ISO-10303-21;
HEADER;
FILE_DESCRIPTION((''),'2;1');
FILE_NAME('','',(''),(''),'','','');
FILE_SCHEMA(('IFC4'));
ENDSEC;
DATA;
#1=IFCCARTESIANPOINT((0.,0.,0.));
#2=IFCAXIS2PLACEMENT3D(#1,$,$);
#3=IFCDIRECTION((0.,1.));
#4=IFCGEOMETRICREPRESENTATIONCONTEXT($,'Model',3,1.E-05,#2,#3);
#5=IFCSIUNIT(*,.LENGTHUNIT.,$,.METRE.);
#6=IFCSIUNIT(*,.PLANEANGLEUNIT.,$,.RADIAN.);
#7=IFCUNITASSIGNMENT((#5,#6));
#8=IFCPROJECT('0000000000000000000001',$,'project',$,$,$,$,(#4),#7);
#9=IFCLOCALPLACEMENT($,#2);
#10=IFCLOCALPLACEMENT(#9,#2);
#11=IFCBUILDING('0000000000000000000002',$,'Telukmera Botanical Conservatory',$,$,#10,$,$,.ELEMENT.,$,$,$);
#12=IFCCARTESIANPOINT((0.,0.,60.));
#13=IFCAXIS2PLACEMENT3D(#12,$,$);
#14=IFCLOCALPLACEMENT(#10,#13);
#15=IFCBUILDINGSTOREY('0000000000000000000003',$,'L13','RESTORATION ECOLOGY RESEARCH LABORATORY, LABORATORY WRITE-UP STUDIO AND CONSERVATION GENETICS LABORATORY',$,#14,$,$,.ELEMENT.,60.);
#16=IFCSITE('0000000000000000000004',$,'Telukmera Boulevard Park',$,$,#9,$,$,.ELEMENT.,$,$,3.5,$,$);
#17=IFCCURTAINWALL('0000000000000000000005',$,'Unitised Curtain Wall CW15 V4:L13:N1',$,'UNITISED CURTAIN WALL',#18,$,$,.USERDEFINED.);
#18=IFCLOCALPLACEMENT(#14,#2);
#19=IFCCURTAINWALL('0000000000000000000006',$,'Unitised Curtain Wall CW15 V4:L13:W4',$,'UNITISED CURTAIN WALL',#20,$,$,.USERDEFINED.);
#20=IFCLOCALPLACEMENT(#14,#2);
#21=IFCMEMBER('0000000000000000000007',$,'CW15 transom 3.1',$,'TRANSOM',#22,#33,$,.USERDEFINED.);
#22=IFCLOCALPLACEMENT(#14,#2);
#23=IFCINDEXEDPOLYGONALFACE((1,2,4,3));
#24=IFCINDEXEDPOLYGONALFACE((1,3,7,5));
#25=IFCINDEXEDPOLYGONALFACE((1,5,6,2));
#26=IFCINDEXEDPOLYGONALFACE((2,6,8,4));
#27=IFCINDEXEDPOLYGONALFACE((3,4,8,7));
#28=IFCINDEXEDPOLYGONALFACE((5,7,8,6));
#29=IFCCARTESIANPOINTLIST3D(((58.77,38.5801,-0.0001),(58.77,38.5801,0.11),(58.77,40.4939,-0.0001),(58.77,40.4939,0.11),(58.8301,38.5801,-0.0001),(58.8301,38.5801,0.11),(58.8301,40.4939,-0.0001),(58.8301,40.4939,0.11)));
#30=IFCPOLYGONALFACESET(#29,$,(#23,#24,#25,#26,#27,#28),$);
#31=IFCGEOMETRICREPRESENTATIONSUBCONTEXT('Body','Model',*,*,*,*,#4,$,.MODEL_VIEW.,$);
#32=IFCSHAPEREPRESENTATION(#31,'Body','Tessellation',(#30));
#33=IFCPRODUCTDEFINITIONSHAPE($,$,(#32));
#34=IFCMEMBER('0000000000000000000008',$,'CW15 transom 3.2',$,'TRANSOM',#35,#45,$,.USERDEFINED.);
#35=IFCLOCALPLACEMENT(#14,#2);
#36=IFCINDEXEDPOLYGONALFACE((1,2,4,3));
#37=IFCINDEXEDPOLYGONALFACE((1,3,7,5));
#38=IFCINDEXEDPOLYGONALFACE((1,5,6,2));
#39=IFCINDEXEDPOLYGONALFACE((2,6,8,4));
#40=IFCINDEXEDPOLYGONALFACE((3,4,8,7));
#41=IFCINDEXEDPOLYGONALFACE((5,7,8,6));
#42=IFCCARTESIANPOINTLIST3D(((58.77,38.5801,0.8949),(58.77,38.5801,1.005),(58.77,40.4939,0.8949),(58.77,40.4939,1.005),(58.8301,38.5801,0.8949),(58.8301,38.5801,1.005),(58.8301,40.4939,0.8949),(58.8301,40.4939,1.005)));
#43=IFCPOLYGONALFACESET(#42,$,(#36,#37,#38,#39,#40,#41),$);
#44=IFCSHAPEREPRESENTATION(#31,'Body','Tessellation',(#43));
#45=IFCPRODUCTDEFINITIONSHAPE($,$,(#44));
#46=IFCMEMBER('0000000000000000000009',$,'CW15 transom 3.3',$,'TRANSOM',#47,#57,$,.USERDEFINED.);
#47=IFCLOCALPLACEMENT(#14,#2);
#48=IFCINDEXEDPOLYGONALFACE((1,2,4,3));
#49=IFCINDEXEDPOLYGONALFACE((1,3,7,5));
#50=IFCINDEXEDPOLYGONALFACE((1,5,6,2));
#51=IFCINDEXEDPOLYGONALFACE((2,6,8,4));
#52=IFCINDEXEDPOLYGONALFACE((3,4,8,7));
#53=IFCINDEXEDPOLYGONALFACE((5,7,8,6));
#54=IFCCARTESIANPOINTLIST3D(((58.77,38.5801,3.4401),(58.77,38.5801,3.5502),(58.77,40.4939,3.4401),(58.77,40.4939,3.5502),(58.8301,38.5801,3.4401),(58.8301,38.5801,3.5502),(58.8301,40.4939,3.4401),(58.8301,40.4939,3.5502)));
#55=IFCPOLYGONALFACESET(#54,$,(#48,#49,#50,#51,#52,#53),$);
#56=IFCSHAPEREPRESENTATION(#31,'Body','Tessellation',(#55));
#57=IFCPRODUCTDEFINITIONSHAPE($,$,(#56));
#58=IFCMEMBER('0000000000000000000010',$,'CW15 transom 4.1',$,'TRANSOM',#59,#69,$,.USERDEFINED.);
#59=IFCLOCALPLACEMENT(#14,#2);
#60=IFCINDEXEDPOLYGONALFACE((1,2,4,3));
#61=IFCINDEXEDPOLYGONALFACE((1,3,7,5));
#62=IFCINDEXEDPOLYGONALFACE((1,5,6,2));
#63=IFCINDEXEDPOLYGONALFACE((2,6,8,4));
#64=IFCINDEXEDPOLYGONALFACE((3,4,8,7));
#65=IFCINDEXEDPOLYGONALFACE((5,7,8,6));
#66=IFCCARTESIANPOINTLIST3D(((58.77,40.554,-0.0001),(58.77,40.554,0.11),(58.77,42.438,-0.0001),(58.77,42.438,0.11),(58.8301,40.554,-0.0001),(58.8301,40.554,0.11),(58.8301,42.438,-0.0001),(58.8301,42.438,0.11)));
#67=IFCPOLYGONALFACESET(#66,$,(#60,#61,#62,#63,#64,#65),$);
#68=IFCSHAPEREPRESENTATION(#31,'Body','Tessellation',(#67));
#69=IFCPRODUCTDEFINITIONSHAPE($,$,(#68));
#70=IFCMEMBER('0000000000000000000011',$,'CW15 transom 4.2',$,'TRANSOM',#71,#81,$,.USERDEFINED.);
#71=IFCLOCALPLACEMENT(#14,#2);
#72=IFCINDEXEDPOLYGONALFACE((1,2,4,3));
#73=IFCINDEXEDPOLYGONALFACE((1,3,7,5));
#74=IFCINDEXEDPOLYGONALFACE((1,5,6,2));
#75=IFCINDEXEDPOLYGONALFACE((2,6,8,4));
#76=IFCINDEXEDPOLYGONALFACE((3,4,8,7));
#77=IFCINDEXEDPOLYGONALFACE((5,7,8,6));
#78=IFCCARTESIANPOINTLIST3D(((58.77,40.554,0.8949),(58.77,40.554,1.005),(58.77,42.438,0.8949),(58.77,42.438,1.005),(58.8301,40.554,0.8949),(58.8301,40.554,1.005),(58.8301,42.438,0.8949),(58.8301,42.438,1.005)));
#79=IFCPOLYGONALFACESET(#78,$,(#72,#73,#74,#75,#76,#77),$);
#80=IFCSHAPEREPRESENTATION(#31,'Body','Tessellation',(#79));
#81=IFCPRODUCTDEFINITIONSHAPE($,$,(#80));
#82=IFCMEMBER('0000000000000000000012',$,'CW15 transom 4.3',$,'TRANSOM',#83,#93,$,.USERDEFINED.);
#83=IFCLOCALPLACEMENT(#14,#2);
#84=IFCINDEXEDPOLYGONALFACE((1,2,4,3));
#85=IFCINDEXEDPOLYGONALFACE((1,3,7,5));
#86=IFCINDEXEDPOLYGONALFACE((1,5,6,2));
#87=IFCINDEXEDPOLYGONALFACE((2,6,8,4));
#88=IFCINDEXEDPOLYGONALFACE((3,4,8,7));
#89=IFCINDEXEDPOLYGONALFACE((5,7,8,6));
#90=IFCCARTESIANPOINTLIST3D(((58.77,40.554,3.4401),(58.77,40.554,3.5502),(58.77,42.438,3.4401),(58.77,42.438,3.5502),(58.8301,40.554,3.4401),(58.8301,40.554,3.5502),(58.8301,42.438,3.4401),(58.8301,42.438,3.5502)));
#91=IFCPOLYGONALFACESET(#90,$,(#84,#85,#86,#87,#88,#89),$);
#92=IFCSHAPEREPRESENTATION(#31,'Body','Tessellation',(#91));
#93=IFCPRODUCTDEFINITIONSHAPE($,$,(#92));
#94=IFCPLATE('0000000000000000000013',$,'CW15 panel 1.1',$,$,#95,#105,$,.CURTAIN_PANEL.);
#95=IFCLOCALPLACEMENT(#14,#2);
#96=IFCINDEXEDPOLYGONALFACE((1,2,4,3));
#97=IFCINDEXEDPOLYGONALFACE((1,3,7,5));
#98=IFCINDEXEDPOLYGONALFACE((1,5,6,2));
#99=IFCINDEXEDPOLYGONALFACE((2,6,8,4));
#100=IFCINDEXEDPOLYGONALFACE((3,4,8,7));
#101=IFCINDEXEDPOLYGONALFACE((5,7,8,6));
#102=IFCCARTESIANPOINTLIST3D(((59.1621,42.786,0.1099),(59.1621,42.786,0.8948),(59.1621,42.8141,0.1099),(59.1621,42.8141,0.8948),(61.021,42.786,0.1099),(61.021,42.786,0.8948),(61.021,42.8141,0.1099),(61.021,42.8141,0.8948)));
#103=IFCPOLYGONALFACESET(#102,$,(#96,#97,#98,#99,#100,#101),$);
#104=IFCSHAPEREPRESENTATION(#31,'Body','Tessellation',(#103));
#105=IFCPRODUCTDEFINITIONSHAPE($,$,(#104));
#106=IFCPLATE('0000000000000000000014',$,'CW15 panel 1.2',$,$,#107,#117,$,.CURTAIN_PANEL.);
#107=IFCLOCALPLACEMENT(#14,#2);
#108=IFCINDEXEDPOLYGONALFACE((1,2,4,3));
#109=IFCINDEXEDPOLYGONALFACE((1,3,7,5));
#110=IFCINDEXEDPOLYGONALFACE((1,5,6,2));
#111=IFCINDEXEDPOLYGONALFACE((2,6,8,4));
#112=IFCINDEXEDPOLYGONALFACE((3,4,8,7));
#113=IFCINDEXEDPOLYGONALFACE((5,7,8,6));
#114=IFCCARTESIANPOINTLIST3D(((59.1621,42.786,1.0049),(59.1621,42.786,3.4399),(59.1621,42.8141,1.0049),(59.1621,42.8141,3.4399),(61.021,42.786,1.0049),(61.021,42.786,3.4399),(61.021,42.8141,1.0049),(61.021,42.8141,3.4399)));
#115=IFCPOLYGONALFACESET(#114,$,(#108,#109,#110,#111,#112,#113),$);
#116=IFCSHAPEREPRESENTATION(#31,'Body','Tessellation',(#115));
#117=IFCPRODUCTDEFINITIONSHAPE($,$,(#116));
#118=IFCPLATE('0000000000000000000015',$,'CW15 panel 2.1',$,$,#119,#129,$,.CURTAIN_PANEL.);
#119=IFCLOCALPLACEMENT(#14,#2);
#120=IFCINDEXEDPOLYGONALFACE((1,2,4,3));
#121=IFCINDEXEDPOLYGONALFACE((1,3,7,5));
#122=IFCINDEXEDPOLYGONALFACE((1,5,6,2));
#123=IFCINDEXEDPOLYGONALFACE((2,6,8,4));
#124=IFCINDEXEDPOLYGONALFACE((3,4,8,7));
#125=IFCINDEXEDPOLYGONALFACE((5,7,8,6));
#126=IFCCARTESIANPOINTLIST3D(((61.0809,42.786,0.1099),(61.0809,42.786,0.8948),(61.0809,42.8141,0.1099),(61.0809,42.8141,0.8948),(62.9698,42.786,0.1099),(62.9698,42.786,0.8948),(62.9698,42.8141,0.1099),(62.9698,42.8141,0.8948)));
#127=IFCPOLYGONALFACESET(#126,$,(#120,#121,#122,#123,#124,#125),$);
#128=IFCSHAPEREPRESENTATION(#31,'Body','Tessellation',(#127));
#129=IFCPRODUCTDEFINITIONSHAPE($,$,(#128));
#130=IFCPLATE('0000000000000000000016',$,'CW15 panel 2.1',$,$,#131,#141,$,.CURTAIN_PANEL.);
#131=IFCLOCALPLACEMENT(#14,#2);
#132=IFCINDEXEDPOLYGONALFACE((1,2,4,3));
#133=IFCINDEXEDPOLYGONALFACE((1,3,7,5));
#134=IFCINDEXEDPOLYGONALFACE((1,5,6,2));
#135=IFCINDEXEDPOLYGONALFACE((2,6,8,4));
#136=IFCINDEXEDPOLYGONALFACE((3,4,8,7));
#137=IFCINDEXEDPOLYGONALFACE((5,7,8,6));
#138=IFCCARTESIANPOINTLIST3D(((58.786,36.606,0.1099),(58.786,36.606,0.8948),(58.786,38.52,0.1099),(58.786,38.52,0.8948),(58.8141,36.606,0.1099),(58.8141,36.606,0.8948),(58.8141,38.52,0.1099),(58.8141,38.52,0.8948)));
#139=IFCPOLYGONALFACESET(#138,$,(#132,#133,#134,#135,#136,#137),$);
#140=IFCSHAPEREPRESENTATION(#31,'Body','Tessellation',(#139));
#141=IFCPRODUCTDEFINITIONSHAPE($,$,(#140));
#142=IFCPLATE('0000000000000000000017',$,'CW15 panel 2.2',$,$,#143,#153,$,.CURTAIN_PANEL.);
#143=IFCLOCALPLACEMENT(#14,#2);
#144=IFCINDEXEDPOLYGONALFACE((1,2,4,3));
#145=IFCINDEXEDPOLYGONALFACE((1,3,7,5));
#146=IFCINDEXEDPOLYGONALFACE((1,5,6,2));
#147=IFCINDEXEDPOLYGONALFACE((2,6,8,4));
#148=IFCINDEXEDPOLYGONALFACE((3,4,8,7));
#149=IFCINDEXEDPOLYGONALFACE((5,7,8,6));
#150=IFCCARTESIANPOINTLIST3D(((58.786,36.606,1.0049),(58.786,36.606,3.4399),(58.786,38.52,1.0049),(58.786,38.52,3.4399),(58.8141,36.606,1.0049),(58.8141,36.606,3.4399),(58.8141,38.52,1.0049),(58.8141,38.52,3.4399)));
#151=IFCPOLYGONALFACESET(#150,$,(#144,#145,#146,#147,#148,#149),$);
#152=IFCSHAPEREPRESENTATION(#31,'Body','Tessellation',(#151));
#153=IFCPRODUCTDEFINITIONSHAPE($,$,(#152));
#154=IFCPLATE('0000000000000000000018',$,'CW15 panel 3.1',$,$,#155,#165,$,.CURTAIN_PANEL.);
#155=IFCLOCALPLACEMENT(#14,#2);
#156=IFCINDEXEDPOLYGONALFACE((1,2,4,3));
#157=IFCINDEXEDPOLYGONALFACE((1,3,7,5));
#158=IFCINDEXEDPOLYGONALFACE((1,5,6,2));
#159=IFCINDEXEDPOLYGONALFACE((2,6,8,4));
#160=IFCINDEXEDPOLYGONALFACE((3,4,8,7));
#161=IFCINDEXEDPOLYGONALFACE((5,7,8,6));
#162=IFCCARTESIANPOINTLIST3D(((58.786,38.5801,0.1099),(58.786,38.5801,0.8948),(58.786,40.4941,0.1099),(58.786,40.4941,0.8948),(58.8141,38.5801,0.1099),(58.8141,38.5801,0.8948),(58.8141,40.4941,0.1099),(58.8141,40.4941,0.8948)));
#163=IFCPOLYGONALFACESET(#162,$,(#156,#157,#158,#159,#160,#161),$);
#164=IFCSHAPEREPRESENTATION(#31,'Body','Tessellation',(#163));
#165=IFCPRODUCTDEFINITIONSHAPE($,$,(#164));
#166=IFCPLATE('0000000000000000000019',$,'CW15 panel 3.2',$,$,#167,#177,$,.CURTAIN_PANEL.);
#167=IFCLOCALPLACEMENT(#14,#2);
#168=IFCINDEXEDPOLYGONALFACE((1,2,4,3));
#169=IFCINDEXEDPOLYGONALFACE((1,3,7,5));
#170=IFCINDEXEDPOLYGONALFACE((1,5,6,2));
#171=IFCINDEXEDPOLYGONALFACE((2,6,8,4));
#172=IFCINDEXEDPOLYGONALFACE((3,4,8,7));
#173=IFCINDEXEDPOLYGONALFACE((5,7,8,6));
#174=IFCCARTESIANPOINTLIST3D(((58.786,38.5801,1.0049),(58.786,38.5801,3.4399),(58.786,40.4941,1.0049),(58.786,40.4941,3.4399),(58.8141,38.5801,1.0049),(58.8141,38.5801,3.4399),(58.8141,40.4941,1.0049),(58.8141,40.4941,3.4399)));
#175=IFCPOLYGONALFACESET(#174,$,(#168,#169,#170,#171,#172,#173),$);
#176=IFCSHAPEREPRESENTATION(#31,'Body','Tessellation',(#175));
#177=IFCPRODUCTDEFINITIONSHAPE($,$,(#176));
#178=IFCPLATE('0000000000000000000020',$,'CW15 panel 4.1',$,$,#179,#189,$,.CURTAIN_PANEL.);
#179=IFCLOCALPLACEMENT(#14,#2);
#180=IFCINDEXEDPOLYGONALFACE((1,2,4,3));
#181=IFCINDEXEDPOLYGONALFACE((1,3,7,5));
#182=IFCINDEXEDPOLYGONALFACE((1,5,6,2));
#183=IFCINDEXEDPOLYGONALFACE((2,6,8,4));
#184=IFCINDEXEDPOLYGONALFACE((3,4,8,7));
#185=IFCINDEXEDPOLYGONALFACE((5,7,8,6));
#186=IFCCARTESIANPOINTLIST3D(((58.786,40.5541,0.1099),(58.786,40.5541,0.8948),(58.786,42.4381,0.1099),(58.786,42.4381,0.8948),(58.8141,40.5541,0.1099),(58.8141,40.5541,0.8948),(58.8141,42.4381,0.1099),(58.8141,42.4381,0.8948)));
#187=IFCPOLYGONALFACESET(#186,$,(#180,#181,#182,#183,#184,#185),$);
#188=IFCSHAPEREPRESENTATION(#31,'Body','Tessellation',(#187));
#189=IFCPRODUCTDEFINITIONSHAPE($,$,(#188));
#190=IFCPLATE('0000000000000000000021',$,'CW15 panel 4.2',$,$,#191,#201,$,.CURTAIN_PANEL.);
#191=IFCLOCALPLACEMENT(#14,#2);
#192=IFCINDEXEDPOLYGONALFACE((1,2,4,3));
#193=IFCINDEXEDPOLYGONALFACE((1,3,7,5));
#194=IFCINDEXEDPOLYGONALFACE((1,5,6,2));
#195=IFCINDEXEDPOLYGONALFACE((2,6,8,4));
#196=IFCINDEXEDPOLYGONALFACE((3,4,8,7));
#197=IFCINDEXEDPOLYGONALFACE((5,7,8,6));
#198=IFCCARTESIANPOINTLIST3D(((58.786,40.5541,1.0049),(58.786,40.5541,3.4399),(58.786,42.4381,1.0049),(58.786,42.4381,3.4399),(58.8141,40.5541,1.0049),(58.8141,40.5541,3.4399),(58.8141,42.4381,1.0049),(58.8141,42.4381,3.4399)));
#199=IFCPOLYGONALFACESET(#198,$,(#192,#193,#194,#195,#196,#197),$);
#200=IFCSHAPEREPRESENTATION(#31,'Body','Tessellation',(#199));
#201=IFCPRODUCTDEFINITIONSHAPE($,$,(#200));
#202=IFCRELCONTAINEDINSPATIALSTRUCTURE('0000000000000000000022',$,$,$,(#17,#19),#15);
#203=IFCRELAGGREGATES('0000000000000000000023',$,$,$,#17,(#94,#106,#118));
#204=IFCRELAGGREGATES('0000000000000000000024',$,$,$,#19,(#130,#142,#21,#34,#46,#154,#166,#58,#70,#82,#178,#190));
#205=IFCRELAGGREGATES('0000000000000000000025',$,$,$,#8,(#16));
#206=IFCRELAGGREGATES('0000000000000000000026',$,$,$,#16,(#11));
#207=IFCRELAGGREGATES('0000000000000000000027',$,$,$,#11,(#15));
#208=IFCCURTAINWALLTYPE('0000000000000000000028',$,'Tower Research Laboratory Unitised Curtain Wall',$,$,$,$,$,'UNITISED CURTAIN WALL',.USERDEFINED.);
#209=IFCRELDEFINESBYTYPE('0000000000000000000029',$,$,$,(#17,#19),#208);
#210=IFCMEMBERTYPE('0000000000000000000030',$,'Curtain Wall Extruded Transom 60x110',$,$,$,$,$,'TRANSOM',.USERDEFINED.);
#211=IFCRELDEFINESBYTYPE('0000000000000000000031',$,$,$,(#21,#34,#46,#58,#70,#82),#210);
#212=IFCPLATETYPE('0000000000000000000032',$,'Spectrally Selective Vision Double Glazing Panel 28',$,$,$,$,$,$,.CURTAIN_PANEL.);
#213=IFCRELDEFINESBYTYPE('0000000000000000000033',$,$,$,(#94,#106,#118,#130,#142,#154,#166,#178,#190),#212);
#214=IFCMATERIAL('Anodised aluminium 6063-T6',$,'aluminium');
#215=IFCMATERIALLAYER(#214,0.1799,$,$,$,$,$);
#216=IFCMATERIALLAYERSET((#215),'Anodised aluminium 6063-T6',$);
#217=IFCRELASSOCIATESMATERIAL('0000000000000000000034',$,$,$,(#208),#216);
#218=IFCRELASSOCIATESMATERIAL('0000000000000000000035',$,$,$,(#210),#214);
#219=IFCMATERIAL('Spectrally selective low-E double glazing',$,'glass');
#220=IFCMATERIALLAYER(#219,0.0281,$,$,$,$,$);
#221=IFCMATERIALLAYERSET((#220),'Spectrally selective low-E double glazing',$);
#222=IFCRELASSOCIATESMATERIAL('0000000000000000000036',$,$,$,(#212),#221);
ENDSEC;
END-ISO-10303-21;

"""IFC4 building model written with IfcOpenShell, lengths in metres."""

from ifc_helpers import new_model, si_unit, direction, frame, origin, origin_2d, place, context, subcontext, project, spatial, rectangle, extrude, material, layer, layer_set, material_profile, profile_set, type_object, element, aggregate, save


model = new_model("IFC4")

# Units and contexts
model_context = context("Model", 3, precision=1e-05, world=origin(), true_north=direction((0.0, 1.0)))
body_context = subcontext(model_context, "Body", "Model", "MODEL_VIEW")
ifc_project = project(units=[si_unit("LENGTHUNIT", "METRE"), si_unit("PLANEANGLEUNIT", "RADIAN")], contexts=[model_context])

# Site, building, storey
site_placement = place(None, origin())
site = spatial("IfcSite", under=ifc_project, at=site_placement, Name="Telukmera Boulevard Park", CompositionType="ELEMENT", RefElevation=3.5)
building_placement = place(site_placement, origin())
building = spatial("IfcBuilding", under=site, at=building_placement, Name="Telukmera Botanical Conservatory", CompositionType="ELEMENT")
storey_placement = place(building_placement, frame((0.0, 0.0, 60.0)))
storey = spatial("IfcBuildingStorey", under=building, at=storey_placement, Name="L13", Description="RESTORATION ECOLOGY RESEARCH LABORATORY, LABORATORY WRITE-UP STUDIO AND CONSERVATION GENETICS LABORATORY", CompositionType="ELEMENT", Elevation=60.0)

# Curtain walls
ifc_material_1 = material(Name="Anodised aluminium 6063-T6", Category="aluminium")
ifc_layer_1 = layer(ifc_material_1, 0.1799)
ifc_layer_set_1 = layer_set([ifc_layer_1], Name="Anodised aluminium 6063-T6")
curtain_wall_type = type_object("IfcCurtainWallType", Name="Tower Research Laboratory Unitised Curtain Wall", ElementType="UNITISED CURTAIN WALL", PredefinedType="USERDEFINED", material=ifc_layer_set_1)
curtain_wall_1_placement = place(storey_placement, origin())
curtain_wall_1 = element("IfcCurtainWall", 1, at=curtain_wall_1_placement, inside=storey, type_object=curtain_wall_type, Name="Unitised Curtain Wall CW15 V4:L13:N1", ObjectType="UNITISED CURTAIN WALL", PredefinedType="USERDEFINED")
curtain_wall_2_placement = place(storey_placement, origin())
curtain_wall_2 = element("IfcCurtainWall", 2, at=curtain_wall_2_placement, inside=storey, type_object=curtain_wall_type, Name="Unitised Curtain Wall CW15 V4:L13:W4", ObjectType="UNITISED CURTAIN WALL", PredefinedType="USERDEFINED")

# Members
ifc_material_profile_1 = material_profile(ifc_material_1, rectangle(XDim=0.0601, YDim=0.1101, at=origin_2d()), Name="ALU TRAN 60x110")
ifc_profile_set_1 = profile_set([ifc_material_profile_1], Name="Anodised aluminium 6063-T6")
member_type_1 = type_object("IfcMemberType", Name="Curtain Wall Extruded Transom 60x110", ElementType="TRANSOM", PredefinedType="USERDEFINED", material=ifc_profile_set_1)
member_1_placement = place(storey_placement, frame((58.8, 38.5801, 0.0549), z_axis=(0.0, 1.0, 0.0), x_axis=(-1.0, 0.0, 0.0)))
member_1 = element("IfcMember", 3, at=member_1_placement, type_object=member_type_1, Name="CW15 transom 3.1", ObjectType="TRANSOM", PredefinedType="USERDEFINED", context=body_context, shape_type="SweptSolid", body=[
    extrude(rectangle(XDim=0.0601, YDim=0.1101, at=origin_2d()), origin(), (0.0, 0.0, 1.0), 1.9138),
])
member_2_placement = place(storey_placement, frame((58.8, 38.5801, 0.95), z_axis=(0.0, 1.0, 0.0), x_axis=(-1.0, 0.0, 0.0)))
member_2 = element("IfcMember", 4, at=member_2_placement, type_object=member_type_1, Name="CW15 transom 3.2", ObjectType="TRANSOM", PredefinedType="USERDEFINED", context=body_context, shape_type="SweptSolid", body=[
    extrude(rectangle(XDim=0.0601, YDim=0.1101, at=origin_2d()), origin(), (0.0, 0.0, 1.0), 1.9138),
])
member_3_placement = place(storey_placement, frame((58.8, 38.5801, 3.4951), z_axis=(0.0, 1.0, 0.0), x_axis=(-1.0, 0.0, 0.0)))
member_3 = element("IfcMember", 5, at=member_3_placement, type_object=member_type_1, Name="CW15 transom 3.3", ObjectType="TRANSOM", PredefinedType="USERDEFINED", context=body_context, shape_type="SweptSolid", body=[
    extrude(rectangle(XDim=0.0601, YDim=0.1101, at=origin_2d()), origin(), (0.0, 0.0, 1.0), 1.9138),
])
member_4_placement = place(storey_placement, frame((58.8, 40.554, 0.0549), z_axis=(0.0, 1.0, 0.0), x_axis=(-1.0, 0.0, 0.0)))
member_4 = element("IfcMember", 6, at=member_4_placement, type_object=member_type_1, Name="CW15 transom 4.1", ObjectType="TRANSOM", PredefinedType="USERDEFINED", context=body_context, shape_type="SweptSolid", body=[
    extrude(rectangle(XDim=0.0601, YDim=0.1101, at=origin_2d()), origin(), (0.0, 0.0, 1.0), 1.884),
])
member_5_placement = place(storey_placement, frame((58.8, 40.554, 0.95), z_axis=(0.0, 1.0, 0.0), x_axis=(-1.0, 0.0, 0.0)))
member_5 = element("IfcMember", 7, at=member_5_placement, type_object=member_type_1, Name="CW15 transom 4.2", ObjectType="TRANSOM", PredefinedType="USERDEFINED", context=body_context, shape_type="SweptSolid", body=[
    extrude(rectangle(XDim=0.0601, YDim=0.1101, at=origin_2d()), origin(), (0.0, 0.0, 1.0), 1.884),
])
member_6_placement = place(storey_placement, frame((58.8, 40.554, 3.4951), z_axis=(0.0, 1.0, 0.0), x_axis=(-1.0, 0.0, 0.0)))
member_6 = element("IfcMember", 8, at=member_6_placement, type_object=member_type_1, Name="CW15 transom 4.3", ObjectType="TRANSOM", PredefinedType="USERDEFINED", context=body_context, shape_type="SweptSolid", body=[
    extrude(rectangle(XDim=0.0601, YDim=0.1101, at=origin_2d()), origin(), (0.0, 0.0, 1.0), 1.884),
])

# Plates
ifc_material_2 = material(Name="Spectrally selective low-E double glazing", Category="glass")
ifc_layer_2 = layer(ifc_material_2, 0.0281)
ifc_layer_set_2 = layer_set([ifc_layer_2], Name="Spectrally selective low-E double glazing")
plate_type = type_object("IfcPlateType", Name="Spectrally Selective Vision Double Glazing Panel 28", PredefinedType="CURTAIN_PANEL", material=ifc_layer_set_2)
plate_1_placement = place(storey_placement, frame((60.0916, 42.8, 0.1099), z_axis=(0.0, 0.0, 1.0), x_axis=(1.0, 0.0, 0.0)))
plate_1 = element("IfcPlate", 9, at=plate_1_placement, type_object=plate_type, Name="CW15 panel 1.1", PredefinedType="CURTAIN_PANEL", context=body_context, shape_type="SweptSolid", body=[
    extrude(rectangle(XDim=1.8589, YDim=0.0281, at=origin_2d()), origin(), (0.0, 0.0, 1.0), 0.7849),
])
plate_2_placement = place(storey_placement, frame((60.0916, 42.8, 1.0049), z_axis=(0.0, 0.0, 1.0), x_axis=(1.0, 0.0, 0.0)))
plate_2 = element("IfcPlate", 10, at=plate_2_placement, type_object=plate_type, Name="CW15 panel 1.2", PredefinedType="CURTAIN_PANEL", context=body_context, shape_type="SweptSolid", body=[
    extrude(rectangle(XDim=1.8589, YDim=0.0281, at=origin_2d()), origin(), (0.0, 0.0, 1.0), 2.4351),
])
plate_3_placement = place(storey_placement, frame((62.0254, 42.8, 0.1099), z_axis=(0.0, 0.0, 1.0), x_axis=(1.0, 0.0, 0.0)))
plate_3 = element("IfcPlate", 11, at=plate_3_placement, type_object=plate_type, Name="CW15 panel 2.1", PredefinedType="CURTAIN_PANEL", context=body_context, shape_type="SweptSolid", body=[
    extrude(rectangle(XDim=1.8889, YDim=0.0281, at=origin_2d()), origin(), (0.0, 0.0, 1.0), 0.7849),
])
aggregate(curtain_wall_1, [plate_1, plate_2, plate_3])
plate_4_placement = place(storey_placement, frame((58.8, 37.563, 0.1099), z_axis=(0.0, 0.0, 1.0), x_axis=(0.0, 1.0, 0.0)))
plate_4 = element("IfcPlate", 12, at=plate_4_placement, type_object=plate_type, Name="CW15 panel 2.1", PredefinedType="CURTAIN_PANEL", context=body_context, shape_type="SweptSolid", body=[
    extrude(rectangle(XDim=1.9141, YDim=0.0281, at=origin_2d()), origin(), (0.0, 0.0, 1.0), 0.7849),
])
plate_5_placement = place(storey_placement, frame((58.8, 37.563, 1.0049), z_axis=(0.0, 0.0, 1.0), x_axis=(0.0, 1.0, 0.0)))
plate_5 = element("IfcPlate", 13, at=plate_5_placement, type_object=plate_type, Name="CW15 panel 2.2", PredefinedType="CURTAIN_PANEL", context=body_context, shape_type="SweptSolid", body=[
    extrude(rectangle(XDim=1.9141, YDim=0.0281, at=origin_2d()), origin(), (0.0, 0.0, 1.0), 2.4351),
])
plate_6_placement = place(storey_placement, frame((58.8, 39.5371, 0.1099), z_axis=(0.0, 0.0, 1.0), x_axis=(0.0, 1.0, 0.0)))
plate_6 = element("IfcPlate", 14, at=plate_6_placement, type_object=plate_type, Name="CW15 panel 3.1", PredefinedType="CURTAIN_PANEL", context=body_context, shape_type="SweptSolid", body=[
    extrude(rectangle(XDim=1.9141, YDim=0.0281, at=origin_2d()), origin(), (0.0, 0.0, 1.0), 0.7849),
])
plate_7_placement = place(storey_placement, frame((58.8, 39.5371, 1.0049), z_axis=(0.0, 0.0, 1.0), x_axis=(0.0, 1.0, 0.0)))
plate_7 = element("IfcPlate", 15, at=plate_7_placement, type_object=plate_type, Name="CW15 panel 3.2", PredefinedType="CURTAIN_PANEL", context=body_context, shape_type="SweptSolid", body=[
    extrude(rectangle(XDim=1.9141, YDim=0.0281, at=origin_2d()), origin(), (0.0, 0.0, 1.0), 2.4351),
])
plate_8_placement = place(storey_placement, frame((58.8, 41.4961, 0.1099), z_axis=(0.0, 0.0, 1.0), x_axis=(0.0, 1.0, 0.0)))
plate_8 = element("IfcPlate", 16, at=plate_8_placement, type_object=plate_type, Name="CW15 panel 4.1", PredefinedType="CURTAIN_PANEL", context=body_context, shape_type="SweptSolid", body=[
    extrude(rectangle(XDim=1.884, YDim=0.0281, at=origin_2d()), origin(), (0.0, 0.0, 1.0), 0.7849),
])
plate_9_placement = place(storey_placement, frame((58.8, 41.4961, 1.0049), z_axis=(0.0, 0.0, 1.0), x_axis=(0.0, 1.0, 0.0)))
plate_9 = element("IfcPlate", 17, at=plate_9_placement, type_object=plate_type, Name="CW15 panel 4.2", PredefinedType="CURTAIN_PANEL", context=body_context, shape_type="SweptSolid", body=[
    extrude(rectangle(XDim=1.884, YDim=0.0281, at=origin_2d()), origin(), (0.0, 0.0, 1.0), 2.4351),
])
aggregate(curtain_wall_2, [plate_4, plate_5, member_1, member_2, member_3, plate_6, plate_7, member_4, member_5, member_6, plate_8, plate_9])

save(model, "model.ifc")
